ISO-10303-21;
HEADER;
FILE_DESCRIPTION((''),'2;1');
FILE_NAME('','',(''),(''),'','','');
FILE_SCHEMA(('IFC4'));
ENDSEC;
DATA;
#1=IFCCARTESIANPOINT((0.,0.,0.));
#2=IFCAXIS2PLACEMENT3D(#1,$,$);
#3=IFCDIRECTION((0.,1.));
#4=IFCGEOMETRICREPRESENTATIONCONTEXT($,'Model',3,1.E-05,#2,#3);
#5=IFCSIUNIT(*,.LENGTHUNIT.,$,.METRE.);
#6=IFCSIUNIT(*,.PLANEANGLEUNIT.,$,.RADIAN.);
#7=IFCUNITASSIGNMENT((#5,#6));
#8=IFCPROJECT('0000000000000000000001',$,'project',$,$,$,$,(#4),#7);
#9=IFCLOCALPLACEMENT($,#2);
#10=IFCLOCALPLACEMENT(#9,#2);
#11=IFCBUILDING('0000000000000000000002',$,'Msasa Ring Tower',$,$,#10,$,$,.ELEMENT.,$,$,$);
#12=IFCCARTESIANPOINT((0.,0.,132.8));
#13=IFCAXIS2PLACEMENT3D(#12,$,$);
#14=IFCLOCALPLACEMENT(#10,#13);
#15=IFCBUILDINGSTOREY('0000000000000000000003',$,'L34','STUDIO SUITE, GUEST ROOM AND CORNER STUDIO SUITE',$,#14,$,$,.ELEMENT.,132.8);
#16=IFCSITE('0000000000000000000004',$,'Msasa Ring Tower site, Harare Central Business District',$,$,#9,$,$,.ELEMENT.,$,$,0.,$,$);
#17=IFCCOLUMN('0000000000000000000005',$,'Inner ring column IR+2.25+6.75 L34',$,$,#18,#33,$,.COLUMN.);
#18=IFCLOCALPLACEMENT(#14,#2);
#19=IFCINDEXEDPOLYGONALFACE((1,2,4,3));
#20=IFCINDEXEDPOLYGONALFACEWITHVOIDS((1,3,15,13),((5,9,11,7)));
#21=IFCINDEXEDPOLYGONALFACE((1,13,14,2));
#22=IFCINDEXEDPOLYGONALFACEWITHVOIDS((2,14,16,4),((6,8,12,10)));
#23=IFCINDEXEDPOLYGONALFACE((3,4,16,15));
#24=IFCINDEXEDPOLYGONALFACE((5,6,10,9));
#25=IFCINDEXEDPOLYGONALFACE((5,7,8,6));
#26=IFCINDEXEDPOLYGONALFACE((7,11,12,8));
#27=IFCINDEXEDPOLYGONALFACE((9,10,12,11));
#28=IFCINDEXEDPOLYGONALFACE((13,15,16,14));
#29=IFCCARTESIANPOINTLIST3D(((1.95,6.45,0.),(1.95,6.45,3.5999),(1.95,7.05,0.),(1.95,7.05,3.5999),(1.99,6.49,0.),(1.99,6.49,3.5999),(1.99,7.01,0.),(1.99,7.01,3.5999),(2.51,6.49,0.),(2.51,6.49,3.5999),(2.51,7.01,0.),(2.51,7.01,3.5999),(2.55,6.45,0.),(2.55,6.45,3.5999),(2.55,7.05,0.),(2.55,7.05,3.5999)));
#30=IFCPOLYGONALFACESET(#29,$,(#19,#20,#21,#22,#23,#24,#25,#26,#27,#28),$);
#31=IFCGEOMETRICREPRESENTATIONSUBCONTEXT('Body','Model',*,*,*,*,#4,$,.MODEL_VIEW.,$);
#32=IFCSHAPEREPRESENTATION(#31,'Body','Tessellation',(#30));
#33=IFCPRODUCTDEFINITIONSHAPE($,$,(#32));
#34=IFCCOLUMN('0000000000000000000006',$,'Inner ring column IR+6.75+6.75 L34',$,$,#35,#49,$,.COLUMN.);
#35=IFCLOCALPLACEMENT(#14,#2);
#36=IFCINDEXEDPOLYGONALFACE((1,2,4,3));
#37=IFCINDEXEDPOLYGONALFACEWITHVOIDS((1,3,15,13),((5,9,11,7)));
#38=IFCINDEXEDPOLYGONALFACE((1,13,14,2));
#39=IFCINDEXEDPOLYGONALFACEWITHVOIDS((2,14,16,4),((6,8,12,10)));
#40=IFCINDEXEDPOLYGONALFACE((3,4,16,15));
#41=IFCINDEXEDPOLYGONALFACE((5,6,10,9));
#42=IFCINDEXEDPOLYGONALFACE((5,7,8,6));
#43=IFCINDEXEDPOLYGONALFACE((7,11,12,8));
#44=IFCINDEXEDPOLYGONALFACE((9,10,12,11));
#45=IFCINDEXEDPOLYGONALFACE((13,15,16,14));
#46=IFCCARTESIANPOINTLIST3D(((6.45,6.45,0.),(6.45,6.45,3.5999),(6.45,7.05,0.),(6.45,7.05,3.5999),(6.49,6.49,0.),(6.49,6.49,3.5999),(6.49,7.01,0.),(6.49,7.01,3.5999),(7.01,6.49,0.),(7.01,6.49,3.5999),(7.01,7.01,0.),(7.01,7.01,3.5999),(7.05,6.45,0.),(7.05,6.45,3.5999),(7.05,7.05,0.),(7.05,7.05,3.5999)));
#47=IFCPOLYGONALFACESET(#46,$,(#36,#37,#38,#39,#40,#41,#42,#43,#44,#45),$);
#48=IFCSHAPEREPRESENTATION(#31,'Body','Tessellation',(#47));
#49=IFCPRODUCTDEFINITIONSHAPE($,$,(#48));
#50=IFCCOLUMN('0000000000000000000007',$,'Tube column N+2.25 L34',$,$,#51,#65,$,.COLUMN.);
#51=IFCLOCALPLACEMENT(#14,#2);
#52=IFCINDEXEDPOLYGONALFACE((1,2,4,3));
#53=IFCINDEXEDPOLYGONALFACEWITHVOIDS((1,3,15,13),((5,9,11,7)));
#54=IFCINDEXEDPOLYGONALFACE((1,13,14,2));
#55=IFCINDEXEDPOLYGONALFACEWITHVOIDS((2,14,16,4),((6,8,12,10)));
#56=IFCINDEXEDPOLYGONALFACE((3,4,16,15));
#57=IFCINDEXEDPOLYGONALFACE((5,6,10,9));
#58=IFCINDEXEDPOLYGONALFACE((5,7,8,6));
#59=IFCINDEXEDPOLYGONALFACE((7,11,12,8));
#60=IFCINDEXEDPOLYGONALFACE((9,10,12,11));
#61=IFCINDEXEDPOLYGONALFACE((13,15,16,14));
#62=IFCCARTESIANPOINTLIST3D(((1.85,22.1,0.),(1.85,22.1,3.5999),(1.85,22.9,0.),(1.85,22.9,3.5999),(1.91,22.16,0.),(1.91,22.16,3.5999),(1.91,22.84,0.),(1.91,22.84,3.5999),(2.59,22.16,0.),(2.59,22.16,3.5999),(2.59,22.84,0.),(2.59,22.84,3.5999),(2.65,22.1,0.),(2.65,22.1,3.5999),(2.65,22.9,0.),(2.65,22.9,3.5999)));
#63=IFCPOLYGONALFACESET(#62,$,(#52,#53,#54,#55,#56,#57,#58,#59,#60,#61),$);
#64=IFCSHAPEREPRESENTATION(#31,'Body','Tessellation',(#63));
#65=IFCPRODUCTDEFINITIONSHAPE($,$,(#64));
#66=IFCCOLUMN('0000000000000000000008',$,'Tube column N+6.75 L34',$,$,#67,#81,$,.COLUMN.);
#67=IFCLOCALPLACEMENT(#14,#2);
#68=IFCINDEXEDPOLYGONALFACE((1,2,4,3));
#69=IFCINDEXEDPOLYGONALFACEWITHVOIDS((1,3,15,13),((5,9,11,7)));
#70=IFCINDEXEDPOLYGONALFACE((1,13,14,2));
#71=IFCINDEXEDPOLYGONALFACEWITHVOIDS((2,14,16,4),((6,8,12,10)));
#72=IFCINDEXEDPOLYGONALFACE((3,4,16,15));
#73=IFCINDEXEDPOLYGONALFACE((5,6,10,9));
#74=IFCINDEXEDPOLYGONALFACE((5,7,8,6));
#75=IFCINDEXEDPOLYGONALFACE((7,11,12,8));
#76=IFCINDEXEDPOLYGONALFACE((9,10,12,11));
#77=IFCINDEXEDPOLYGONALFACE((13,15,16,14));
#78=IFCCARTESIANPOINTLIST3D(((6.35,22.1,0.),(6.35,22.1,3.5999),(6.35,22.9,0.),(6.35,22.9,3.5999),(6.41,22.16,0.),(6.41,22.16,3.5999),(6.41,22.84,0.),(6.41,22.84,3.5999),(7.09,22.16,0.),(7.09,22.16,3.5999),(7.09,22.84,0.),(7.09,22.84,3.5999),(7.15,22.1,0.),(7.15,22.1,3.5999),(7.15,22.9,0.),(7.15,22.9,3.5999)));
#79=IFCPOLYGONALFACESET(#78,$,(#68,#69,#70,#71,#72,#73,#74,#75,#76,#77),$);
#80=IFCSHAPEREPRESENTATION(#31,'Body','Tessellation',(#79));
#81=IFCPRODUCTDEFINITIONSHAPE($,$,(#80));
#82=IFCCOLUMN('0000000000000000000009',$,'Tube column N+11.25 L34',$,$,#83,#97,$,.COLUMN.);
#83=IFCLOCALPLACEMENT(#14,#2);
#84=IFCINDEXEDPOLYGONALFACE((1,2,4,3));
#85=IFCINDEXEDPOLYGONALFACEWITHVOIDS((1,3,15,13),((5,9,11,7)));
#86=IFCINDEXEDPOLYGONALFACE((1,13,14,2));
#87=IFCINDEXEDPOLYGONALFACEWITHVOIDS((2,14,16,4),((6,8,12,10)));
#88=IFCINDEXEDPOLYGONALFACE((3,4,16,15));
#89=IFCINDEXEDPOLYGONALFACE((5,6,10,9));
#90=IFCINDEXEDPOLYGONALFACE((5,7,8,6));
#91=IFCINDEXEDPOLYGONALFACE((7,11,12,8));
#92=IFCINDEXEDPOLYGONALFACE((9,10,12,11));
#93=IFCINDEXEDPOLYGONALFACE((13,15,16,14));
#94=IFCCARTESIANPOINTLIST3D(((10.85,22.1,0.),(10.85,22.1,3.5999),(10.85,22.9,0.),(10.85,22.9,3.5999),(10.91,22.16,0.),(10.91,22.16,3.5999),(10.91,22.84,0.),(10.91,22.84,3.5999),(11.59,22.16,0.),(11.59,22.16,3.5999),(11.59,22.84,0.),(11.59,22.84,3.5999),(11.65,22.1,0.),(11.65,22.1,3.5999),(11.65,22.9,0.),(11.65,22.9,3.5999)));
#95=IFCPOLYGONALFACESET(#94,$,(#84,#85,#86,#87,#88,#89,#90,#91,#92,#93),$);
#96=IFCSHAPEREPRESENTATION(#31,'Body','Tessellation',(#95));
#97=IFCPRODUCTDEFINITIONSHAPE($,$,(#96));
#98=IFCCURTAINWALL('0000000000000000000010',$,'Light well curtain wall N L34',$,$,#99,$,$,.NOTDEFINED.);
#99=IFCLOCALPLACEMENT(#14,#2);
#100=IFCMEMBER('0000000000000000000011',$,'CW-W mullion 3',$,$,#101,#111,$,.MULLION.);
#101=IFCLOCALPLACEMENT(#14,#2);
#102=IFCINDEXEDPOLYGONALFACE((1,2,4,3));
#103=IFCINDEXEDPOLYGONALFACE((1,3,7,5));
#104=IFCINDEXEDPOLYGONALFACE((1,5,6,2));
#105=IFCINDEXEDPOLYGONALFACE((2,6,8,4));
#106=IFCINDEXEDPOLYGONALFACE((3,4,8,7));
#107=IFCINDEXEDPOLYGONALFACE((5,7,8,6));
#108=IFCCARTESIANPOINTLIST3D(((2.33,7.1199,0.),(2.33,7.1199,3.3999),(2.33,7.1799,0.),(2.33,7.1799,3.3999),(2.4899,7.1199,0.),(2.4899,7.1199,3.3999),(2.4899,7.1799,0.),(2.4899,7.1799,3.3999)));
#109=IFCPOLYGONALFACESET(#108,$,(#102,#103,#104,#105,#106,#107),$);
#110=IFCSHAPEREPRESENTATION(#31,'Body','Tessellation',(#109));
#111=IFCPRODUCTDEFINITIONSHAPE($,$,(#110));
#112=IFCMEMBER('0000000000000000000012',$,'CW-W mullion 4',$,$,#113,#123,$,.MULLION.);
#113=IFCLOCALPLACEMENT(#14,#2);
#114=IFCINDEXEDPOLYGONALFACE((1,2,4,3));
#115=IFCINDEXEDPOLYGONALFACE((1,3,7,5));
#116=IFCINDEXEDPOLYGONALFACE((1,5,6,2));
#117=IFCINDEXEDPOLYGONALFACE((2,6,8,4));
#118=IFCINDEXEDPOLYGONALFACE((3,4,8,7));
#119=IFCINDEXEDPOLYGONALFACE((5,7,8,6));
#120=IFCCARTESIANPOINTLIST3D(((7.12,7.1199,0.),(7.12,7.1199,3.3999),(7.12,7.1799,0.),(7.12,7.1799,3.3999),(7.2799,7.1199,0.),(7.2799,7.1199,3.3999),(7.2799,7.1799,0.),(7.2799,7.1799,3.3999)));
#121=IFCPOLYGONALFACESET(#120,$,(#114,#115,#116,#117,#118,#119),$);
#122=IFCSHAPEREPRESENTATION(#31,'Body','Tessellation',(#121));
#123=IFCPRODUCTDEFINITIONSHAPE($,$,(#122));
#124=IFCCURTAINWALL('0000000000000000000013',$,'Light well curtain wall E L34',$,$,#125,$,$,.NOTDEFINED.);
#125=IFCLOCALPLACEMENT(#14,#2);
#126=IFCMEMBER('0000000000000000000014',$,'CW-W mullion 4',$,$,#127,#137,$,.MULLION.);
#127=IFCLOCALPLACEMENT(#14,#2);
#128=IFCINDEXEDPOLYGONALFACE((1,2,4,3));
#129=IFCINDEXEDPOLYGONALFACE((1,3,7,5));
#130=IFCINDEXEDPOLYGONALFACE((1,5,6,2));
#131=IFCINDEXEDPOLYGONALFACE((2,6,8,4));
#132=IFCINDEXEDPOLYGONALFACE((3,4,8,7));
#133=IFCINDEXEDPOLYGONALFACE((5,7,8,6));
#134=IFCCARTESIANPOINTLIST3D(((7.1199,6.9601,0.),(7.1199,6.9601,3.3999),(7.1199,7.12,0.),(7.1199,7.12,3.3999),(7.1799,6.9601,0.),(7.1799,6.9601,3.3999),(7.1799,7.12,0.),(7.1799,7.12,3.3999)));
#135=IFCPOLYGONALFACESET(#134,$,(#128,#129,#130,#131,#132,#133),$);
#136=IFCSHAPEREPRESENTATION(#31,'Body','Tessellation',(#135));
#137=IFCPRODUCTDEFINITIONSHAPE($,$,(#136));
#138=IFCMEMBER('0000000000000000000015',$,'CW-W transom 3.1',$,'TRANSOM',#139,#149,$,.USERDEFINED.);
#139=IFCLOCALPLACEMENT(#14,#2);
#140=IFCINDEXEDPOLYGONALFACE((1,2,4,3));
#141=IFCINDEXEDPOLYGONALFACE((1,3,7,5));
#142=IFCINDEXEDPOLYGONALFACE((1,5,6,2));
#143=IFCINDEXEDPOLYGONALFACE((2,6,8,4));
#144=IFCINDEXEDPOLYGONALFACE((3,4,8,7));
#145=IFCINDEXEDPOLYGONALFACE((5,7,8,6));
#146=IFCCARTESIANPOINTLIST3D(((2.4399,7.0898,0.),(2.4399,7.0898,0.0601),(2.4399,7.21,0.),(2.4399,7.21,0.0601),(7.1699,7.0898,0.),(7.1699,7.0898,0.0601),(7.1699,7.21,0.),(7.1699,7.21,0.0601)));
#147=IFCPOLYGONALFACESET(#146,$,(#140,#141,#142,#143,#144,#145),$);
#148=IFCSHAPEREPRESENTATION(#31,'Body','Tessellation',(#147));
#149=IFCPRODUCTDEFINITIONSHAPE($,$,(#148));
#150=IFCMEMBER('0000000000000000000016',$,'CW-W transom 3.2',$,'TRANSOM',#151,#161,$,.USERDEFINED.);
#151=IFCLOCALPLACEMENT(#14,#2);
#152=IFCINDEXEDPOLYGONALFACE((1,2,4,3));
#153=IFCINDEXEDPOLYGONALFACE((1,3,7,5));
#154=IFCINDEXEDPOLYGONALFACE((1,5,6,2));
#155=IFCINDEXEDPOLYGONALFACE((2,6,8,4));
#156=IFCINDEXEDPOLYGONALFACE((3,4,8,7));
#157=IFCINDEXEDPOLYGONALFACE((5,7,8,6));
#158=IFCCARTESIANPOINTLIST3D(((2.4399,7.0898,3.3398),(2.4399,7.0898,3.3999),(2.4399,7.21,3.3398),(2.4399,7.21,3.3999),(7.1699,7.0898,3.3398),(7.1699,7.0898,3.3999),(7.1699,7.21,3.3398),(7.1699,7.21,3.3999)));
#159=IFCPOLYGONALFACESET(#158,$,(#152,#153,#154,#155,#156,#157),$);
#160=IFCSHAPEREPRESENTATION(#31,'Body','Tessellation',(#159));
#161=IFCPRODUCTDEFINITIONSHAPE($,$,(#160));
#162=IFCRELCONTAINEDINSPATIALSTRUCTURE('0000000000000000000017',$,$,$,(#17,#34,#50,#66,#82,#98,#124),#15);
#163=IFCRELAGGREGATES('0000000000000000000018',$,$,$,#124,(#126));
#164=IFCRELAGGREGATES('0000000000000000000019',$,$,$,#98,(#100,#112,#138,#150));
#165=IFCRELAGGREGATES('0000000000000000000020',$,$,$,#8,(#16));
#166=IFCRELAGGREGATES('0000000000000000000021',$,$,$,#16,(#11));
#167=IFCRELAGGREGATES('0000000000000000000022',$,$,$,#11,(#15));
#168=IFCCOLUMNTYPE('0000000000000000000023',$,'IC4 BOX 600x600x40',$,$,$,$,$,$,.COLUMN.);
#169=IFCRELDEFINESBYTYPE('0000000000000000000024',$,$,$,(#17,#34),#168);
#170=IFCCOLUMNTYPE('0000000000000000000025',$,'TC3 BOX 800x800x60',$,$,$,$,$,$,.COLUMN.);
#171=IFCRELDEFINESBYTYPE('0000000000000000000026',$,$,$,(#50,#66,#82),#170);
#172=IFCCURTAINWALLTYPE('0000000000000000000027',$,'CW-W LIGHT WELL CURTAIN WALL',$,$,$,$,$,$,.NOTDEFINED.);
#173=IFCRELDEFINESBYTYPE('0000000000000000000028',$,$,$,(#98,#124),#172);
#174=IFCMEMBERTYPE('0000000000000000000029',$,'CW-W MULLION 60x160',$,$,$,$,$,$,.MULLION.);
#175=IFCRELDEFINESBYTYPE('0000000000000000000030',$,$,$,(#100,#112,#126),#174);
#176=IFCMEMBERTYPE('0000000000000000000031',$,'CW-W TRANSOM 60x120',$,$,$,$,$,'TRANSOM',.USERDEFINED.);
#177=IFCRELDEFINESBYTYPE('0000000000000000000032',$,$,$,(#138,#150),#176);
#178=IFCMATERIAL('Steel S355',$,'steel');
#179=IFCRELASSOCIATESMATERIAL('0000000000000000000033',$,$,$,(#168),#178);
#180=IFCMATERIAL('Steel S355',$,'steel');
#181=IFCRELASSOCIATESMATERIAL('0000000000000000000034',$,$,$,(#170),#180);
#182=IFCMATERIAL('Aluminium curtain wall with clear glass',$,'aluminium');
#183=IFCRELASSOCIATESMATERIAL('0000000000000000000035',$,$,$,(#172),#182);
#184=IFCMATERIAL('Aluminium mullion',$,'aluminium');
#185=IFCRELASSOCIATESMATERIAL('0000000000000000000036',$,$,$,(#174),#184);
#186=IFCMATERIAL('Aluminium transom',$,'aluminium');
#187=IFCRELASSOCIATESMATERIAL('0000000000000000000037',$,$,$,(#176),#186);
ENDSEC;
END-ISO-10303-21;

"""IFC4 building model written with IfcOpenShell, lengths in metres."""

from ifc_helpers import new_model, si_unit, direction, frame, origin, origin_2d, place, context, subcontext, project, spatial, rectangle, hollow_rectangle, extrude, material, material_profile, profile_set, type_object, element, aggregate, save


model = new_model("IFC4")

# Units and contexts
model_context = context("Model", 3, precision=1e-05, world=origin(), true_north=direction((0.0, 1.0)))
body_context = subcontext(model_context, "Body", "Model", "MODEL_VIEW")
ifc_project = project(units=[si_unit("LENGTHUNIT", "METRE"), si_unit("PLANEANGLEUNIT", "RADIAN")], contexts=[model_context])

# Site, building, storey
site_placement = place(None, origin())
site = spatial("IfcSite", under=ifc_project, at=site_placement, Name="Msasa Ring Tower site, Harare Central Business District", CompositionType="ELEMENT", RefElevation=0.0)
building_placement = place(site_placement, origin())
building = spatial("IfcBuilding", under=site, at=building_placement, Name="Msasa Ring Tower", CompositionType="ELEMENT")
storey_placement = place(building_placement, frame((0.0, 0.0, 132.8)))
storey = spatial("IfcBuildingStorey", under=building, at=storey_placement, Name="L34", Description="STUDIO SUITE, GUEST ROOM AND CORNER STUDIO SUITE", CompositionType="ELEMENT", Elevation=132.8)

# Columns
ifc_material_1 = material(Name="Steel S355", Category="steel")
ifc_material_profile_1 = material_profile(ifc_material_1, hollow_rectangle(XDim=0.6001, YDim=0.6001, WallThickness=0.04, at=origin_2d()), Name="BOX 600x600x40")
ifc_profile_set_1 = profile_set([ifc_material_profile_1], Name="Steel S355")
column_type_1 = type_object("IfcColumnType", Name="IC4 BOX 600x600x40", PredefinedType="COLUMN", material=ifc_profile_set_1)
for number, where, z_axis, x_axis, name in (
    (1, (2.25, 6.75, 0.0), (0.0, 0.0, 1.0), (1.0, 0.0, 0.0), "Inner ring column IR+2.25+6.75 L34"),
    (2, (6.75, 6.75, 0.0), (0.0, 0.0, 1.0), (1.0, 0.0, 0.0), "Inner ring column IR+6.75+6.75 L34"),
):
    element("IfcColumn", number, at=place(storey_placement, frame(where, z_axis=z_axis, x_axis=x_axis)), inside=storey, type_object=column_type_1, Name=name, PredefinedType="COLUMN", context=body_context, shape_type="SweptSolid", body=[
        extrude(hollow_rectangle(XDim=0.6001, YDim=0.6001, WallThickness=0.04, at=origin_2d()), origin(), (0.0, 0.0, 1.0), 3.5999),
    ])
ifc_material_2 = material(Name="Steel S355", Category="steel")
ifc_material_profile_2 = material_profile(ifc_material_2, hollow_rectangle(XDim=0.8, YDim=0.8, WallThickness=0.0601, at=origin_2d()), Name="BOX 800x800x60")
ifc_profile_set_2 = profile_set([ifc_material_profile_2], Name="Steel S355")
column_type_2 = type_object("IfcColumnType", Name="TC3 BOX 800x800x60", PredefinedType="COLUMN", material=ifc_profile_set_2)
for number, where, z_axis, x_axis, name in (
    (3, (2.25, 22.5, 0.0), (0.0, 0.0, 1.0), (0.0, 1.0, 0.0), "Tube column N+2.25 L34"),
    (4, (6.75, 22.5, 0.0), (0.0, 0.0, 1.0), (0.0, 1.0, 0.0), "Tube column N+6.75 L34"),
    (5, (11.25, 22.5, 0.0), (0.0, 0.0, 1.0), (0.0, 1.0, 0.0), "Tube column N+11.25 L34"),
):
    element("IfcColumn", number, at=place(storey_placement, frame(where, z_axis=z_axis, x_axis=x_axis)), inside=storey, type_object=column_type_2, Name=name, PredefinedType="COLUMN", context=body_context, shape_type="SweptSolid", body=[
        extrude(hollow_rectangle(XDim=0.8, YDim=0.8, WallThickness=0.0601, at=origin_2d()), origin(), (0.0, 0.0, 1.0), 3.5999),
    ])

# Curtain wall, members
ifc_material_3 = material(Name="Aluminium curtain wall with clear glass", Category="aluminium")
curtain_wall_type = type_object("IfcCurtainWallType", Name="CW-W LIGHT WELL CURTAIN WALL", PredefinedType="NOTDEFINED", material=ifc_material_3)
curtain_wall_1_placement = place(storey_placement, origin())
curtain_wall_1 = element("IfcCurtainWall", 6, at=curtain_wall_1_placement, inside=storey, type_object=curtain_wall_type, Name="Light well curtain wall N L34", PredefinedType="NOTDEFINED")
ifc_material_4 = material(Name="Aluminium mullion", Category="aluminium")
ifc_material_profile_3 = material_profile(ifc_material_4, rectangle(XDim=0.0601, YDim=0.1599, at=origin_2d()), Name="AL 60x160")
ifc_profile_set_3 = profile_set([ifc_material_profile_3], Name="Aluminium mullion")
member_type_1 = type_object("IfcMemberType", Name="CW-W MULLION 60x160", PredefinedType="MULLION", material=ifc_profile_set_3)
member_1_placement = place(storey_placement, frame((2.4099, 7.1499, 0.0), z_axis=(0.0, 0.0, 1.0), x_axis=(0.0, 1.0, 0.0)))
member_1 = element("IfcMember", 7, at=member_1_placement, type_object=member_type_1, Name="CW-W mullion 3", PredefinedType="MULLION", context=body_context, shape_type="SweptSolid", body=[
    extrude(rectangle(XDim=0.0601, YDim=0.1599, at=origin_2d()), origin(), (0.0, 0.0, 1.0), 3.3999),
])
member_2_placement = place(storey_placement, frame((7.2, 7.1499, 0.0), z_axis=(0.0, 0.0, 1.0), x_axis=(0.0, 1.0, 0.0)))
member_2 = element("IfcMember", 8, at=member_2_placement, type_object=member_type_1, Name="CW-W mullion 4", PredefinedType="MULLION", context=body_context, shape_type="SweptSolid", body=[
    extrude(rectangle(XDim=0.0601, YDim=0.1599, at=origin_2d()), origin(), (0.0, 0.0, 1.0), 3.3999),
])

# Curtain wall, member
curtain_wall_2_placement = place(storey_placement, origin())
curtain_wall_2 = element("IfcCurtainWall", 9, at=curtain_wall_2_placement, inside=storey, type_object=curtain_wall_type, Name="Light well curtain wall E L34", PredefinedType="NOTDEFINED")
member_3_placement = place(storey_placement, frame((7.1499, 7.04, 0.0), z_axis=(0.0, 0.0, 1.0), x_axis=(-1.0, 0.0, 0.0)))
member_3 = element("IfcMember", 10, at=member_3_placement, type_object=member_type_1, Name="CW-W mullion 4", PredefinedType="MULLION", context=body_context, shape_type="SweptSolid", body=[
    extrude(rectangle(XDim=0.0601, YDim=0.1599, at=origin_2d()), origin(), (0.0, 0.0, 1.0), 3.3999),
])
aggregate(curtain_wall_2, [member_3])

# Members
ifc_material_5 = material(Name="Aluminium transom", Category="aluminium")
ifc_material_profile_4 = material_profile(ifc_material_5, rectangle(XDim=0.1201, YDim=0.0601, at=origin_2d()), Name="AL 60x120")
ifc_profile_set_4 = profile_set([ifc_material_profile_4], Name="Aluminium transom")
member_type_2 = type_object("IfcMemberType", Name="CW-W TRANSOM 60x120", ElementType="TRANSOM", PredefinedType="USERDEFINED", material=ifc_profile_set_4)
member_4_placement = place(storey_placement, frame((2.4399, 7.1499, 0.03), z_axis=(1.0, 0.0, 0.0), x_axis=(0.0, 1.0, 0.0)))
member_4 = element("IfcMember", 11, at=member_4_placement, type_object=member_type_2, Name="CW-W transom 3.1", ObjectType="TRANSOM", PredefinedType="USERDEFINED", context=body_context, shape_type="SweptSolid", body=[
    extrude(rectangle(XDim=0.1201, YDim=0.0601, at=origin_2d()), origin(), (0.0, 0.0, 1.0), 4.73),
])
member_5_placement = place(storey_placement, frame((2.4399, 7.1499, 3.3699), z_axis=(1.0, 0.0, 0.0), x_axis=(0.0, 1.0, 0.0)))
member_5 = element("IfcMember", 12, at=member_5_placement, type_object=member_type_2, Name="CW-W transom 3.2", ObjectType="TRANSOM", PredefinedType="USERDEFINED", context=body_context, shape_type="SweptSolid", body=[
    extrude(rectangle(XDim=0.1201, YDim=0.0601, at=origin_2d()), origin(), (0.0, 0.0, 1.0), 4.73),
])

aggregate(curtain_wall_1, [member_1, member_2, member_4, member_5])

save(model, "model.ifc")
